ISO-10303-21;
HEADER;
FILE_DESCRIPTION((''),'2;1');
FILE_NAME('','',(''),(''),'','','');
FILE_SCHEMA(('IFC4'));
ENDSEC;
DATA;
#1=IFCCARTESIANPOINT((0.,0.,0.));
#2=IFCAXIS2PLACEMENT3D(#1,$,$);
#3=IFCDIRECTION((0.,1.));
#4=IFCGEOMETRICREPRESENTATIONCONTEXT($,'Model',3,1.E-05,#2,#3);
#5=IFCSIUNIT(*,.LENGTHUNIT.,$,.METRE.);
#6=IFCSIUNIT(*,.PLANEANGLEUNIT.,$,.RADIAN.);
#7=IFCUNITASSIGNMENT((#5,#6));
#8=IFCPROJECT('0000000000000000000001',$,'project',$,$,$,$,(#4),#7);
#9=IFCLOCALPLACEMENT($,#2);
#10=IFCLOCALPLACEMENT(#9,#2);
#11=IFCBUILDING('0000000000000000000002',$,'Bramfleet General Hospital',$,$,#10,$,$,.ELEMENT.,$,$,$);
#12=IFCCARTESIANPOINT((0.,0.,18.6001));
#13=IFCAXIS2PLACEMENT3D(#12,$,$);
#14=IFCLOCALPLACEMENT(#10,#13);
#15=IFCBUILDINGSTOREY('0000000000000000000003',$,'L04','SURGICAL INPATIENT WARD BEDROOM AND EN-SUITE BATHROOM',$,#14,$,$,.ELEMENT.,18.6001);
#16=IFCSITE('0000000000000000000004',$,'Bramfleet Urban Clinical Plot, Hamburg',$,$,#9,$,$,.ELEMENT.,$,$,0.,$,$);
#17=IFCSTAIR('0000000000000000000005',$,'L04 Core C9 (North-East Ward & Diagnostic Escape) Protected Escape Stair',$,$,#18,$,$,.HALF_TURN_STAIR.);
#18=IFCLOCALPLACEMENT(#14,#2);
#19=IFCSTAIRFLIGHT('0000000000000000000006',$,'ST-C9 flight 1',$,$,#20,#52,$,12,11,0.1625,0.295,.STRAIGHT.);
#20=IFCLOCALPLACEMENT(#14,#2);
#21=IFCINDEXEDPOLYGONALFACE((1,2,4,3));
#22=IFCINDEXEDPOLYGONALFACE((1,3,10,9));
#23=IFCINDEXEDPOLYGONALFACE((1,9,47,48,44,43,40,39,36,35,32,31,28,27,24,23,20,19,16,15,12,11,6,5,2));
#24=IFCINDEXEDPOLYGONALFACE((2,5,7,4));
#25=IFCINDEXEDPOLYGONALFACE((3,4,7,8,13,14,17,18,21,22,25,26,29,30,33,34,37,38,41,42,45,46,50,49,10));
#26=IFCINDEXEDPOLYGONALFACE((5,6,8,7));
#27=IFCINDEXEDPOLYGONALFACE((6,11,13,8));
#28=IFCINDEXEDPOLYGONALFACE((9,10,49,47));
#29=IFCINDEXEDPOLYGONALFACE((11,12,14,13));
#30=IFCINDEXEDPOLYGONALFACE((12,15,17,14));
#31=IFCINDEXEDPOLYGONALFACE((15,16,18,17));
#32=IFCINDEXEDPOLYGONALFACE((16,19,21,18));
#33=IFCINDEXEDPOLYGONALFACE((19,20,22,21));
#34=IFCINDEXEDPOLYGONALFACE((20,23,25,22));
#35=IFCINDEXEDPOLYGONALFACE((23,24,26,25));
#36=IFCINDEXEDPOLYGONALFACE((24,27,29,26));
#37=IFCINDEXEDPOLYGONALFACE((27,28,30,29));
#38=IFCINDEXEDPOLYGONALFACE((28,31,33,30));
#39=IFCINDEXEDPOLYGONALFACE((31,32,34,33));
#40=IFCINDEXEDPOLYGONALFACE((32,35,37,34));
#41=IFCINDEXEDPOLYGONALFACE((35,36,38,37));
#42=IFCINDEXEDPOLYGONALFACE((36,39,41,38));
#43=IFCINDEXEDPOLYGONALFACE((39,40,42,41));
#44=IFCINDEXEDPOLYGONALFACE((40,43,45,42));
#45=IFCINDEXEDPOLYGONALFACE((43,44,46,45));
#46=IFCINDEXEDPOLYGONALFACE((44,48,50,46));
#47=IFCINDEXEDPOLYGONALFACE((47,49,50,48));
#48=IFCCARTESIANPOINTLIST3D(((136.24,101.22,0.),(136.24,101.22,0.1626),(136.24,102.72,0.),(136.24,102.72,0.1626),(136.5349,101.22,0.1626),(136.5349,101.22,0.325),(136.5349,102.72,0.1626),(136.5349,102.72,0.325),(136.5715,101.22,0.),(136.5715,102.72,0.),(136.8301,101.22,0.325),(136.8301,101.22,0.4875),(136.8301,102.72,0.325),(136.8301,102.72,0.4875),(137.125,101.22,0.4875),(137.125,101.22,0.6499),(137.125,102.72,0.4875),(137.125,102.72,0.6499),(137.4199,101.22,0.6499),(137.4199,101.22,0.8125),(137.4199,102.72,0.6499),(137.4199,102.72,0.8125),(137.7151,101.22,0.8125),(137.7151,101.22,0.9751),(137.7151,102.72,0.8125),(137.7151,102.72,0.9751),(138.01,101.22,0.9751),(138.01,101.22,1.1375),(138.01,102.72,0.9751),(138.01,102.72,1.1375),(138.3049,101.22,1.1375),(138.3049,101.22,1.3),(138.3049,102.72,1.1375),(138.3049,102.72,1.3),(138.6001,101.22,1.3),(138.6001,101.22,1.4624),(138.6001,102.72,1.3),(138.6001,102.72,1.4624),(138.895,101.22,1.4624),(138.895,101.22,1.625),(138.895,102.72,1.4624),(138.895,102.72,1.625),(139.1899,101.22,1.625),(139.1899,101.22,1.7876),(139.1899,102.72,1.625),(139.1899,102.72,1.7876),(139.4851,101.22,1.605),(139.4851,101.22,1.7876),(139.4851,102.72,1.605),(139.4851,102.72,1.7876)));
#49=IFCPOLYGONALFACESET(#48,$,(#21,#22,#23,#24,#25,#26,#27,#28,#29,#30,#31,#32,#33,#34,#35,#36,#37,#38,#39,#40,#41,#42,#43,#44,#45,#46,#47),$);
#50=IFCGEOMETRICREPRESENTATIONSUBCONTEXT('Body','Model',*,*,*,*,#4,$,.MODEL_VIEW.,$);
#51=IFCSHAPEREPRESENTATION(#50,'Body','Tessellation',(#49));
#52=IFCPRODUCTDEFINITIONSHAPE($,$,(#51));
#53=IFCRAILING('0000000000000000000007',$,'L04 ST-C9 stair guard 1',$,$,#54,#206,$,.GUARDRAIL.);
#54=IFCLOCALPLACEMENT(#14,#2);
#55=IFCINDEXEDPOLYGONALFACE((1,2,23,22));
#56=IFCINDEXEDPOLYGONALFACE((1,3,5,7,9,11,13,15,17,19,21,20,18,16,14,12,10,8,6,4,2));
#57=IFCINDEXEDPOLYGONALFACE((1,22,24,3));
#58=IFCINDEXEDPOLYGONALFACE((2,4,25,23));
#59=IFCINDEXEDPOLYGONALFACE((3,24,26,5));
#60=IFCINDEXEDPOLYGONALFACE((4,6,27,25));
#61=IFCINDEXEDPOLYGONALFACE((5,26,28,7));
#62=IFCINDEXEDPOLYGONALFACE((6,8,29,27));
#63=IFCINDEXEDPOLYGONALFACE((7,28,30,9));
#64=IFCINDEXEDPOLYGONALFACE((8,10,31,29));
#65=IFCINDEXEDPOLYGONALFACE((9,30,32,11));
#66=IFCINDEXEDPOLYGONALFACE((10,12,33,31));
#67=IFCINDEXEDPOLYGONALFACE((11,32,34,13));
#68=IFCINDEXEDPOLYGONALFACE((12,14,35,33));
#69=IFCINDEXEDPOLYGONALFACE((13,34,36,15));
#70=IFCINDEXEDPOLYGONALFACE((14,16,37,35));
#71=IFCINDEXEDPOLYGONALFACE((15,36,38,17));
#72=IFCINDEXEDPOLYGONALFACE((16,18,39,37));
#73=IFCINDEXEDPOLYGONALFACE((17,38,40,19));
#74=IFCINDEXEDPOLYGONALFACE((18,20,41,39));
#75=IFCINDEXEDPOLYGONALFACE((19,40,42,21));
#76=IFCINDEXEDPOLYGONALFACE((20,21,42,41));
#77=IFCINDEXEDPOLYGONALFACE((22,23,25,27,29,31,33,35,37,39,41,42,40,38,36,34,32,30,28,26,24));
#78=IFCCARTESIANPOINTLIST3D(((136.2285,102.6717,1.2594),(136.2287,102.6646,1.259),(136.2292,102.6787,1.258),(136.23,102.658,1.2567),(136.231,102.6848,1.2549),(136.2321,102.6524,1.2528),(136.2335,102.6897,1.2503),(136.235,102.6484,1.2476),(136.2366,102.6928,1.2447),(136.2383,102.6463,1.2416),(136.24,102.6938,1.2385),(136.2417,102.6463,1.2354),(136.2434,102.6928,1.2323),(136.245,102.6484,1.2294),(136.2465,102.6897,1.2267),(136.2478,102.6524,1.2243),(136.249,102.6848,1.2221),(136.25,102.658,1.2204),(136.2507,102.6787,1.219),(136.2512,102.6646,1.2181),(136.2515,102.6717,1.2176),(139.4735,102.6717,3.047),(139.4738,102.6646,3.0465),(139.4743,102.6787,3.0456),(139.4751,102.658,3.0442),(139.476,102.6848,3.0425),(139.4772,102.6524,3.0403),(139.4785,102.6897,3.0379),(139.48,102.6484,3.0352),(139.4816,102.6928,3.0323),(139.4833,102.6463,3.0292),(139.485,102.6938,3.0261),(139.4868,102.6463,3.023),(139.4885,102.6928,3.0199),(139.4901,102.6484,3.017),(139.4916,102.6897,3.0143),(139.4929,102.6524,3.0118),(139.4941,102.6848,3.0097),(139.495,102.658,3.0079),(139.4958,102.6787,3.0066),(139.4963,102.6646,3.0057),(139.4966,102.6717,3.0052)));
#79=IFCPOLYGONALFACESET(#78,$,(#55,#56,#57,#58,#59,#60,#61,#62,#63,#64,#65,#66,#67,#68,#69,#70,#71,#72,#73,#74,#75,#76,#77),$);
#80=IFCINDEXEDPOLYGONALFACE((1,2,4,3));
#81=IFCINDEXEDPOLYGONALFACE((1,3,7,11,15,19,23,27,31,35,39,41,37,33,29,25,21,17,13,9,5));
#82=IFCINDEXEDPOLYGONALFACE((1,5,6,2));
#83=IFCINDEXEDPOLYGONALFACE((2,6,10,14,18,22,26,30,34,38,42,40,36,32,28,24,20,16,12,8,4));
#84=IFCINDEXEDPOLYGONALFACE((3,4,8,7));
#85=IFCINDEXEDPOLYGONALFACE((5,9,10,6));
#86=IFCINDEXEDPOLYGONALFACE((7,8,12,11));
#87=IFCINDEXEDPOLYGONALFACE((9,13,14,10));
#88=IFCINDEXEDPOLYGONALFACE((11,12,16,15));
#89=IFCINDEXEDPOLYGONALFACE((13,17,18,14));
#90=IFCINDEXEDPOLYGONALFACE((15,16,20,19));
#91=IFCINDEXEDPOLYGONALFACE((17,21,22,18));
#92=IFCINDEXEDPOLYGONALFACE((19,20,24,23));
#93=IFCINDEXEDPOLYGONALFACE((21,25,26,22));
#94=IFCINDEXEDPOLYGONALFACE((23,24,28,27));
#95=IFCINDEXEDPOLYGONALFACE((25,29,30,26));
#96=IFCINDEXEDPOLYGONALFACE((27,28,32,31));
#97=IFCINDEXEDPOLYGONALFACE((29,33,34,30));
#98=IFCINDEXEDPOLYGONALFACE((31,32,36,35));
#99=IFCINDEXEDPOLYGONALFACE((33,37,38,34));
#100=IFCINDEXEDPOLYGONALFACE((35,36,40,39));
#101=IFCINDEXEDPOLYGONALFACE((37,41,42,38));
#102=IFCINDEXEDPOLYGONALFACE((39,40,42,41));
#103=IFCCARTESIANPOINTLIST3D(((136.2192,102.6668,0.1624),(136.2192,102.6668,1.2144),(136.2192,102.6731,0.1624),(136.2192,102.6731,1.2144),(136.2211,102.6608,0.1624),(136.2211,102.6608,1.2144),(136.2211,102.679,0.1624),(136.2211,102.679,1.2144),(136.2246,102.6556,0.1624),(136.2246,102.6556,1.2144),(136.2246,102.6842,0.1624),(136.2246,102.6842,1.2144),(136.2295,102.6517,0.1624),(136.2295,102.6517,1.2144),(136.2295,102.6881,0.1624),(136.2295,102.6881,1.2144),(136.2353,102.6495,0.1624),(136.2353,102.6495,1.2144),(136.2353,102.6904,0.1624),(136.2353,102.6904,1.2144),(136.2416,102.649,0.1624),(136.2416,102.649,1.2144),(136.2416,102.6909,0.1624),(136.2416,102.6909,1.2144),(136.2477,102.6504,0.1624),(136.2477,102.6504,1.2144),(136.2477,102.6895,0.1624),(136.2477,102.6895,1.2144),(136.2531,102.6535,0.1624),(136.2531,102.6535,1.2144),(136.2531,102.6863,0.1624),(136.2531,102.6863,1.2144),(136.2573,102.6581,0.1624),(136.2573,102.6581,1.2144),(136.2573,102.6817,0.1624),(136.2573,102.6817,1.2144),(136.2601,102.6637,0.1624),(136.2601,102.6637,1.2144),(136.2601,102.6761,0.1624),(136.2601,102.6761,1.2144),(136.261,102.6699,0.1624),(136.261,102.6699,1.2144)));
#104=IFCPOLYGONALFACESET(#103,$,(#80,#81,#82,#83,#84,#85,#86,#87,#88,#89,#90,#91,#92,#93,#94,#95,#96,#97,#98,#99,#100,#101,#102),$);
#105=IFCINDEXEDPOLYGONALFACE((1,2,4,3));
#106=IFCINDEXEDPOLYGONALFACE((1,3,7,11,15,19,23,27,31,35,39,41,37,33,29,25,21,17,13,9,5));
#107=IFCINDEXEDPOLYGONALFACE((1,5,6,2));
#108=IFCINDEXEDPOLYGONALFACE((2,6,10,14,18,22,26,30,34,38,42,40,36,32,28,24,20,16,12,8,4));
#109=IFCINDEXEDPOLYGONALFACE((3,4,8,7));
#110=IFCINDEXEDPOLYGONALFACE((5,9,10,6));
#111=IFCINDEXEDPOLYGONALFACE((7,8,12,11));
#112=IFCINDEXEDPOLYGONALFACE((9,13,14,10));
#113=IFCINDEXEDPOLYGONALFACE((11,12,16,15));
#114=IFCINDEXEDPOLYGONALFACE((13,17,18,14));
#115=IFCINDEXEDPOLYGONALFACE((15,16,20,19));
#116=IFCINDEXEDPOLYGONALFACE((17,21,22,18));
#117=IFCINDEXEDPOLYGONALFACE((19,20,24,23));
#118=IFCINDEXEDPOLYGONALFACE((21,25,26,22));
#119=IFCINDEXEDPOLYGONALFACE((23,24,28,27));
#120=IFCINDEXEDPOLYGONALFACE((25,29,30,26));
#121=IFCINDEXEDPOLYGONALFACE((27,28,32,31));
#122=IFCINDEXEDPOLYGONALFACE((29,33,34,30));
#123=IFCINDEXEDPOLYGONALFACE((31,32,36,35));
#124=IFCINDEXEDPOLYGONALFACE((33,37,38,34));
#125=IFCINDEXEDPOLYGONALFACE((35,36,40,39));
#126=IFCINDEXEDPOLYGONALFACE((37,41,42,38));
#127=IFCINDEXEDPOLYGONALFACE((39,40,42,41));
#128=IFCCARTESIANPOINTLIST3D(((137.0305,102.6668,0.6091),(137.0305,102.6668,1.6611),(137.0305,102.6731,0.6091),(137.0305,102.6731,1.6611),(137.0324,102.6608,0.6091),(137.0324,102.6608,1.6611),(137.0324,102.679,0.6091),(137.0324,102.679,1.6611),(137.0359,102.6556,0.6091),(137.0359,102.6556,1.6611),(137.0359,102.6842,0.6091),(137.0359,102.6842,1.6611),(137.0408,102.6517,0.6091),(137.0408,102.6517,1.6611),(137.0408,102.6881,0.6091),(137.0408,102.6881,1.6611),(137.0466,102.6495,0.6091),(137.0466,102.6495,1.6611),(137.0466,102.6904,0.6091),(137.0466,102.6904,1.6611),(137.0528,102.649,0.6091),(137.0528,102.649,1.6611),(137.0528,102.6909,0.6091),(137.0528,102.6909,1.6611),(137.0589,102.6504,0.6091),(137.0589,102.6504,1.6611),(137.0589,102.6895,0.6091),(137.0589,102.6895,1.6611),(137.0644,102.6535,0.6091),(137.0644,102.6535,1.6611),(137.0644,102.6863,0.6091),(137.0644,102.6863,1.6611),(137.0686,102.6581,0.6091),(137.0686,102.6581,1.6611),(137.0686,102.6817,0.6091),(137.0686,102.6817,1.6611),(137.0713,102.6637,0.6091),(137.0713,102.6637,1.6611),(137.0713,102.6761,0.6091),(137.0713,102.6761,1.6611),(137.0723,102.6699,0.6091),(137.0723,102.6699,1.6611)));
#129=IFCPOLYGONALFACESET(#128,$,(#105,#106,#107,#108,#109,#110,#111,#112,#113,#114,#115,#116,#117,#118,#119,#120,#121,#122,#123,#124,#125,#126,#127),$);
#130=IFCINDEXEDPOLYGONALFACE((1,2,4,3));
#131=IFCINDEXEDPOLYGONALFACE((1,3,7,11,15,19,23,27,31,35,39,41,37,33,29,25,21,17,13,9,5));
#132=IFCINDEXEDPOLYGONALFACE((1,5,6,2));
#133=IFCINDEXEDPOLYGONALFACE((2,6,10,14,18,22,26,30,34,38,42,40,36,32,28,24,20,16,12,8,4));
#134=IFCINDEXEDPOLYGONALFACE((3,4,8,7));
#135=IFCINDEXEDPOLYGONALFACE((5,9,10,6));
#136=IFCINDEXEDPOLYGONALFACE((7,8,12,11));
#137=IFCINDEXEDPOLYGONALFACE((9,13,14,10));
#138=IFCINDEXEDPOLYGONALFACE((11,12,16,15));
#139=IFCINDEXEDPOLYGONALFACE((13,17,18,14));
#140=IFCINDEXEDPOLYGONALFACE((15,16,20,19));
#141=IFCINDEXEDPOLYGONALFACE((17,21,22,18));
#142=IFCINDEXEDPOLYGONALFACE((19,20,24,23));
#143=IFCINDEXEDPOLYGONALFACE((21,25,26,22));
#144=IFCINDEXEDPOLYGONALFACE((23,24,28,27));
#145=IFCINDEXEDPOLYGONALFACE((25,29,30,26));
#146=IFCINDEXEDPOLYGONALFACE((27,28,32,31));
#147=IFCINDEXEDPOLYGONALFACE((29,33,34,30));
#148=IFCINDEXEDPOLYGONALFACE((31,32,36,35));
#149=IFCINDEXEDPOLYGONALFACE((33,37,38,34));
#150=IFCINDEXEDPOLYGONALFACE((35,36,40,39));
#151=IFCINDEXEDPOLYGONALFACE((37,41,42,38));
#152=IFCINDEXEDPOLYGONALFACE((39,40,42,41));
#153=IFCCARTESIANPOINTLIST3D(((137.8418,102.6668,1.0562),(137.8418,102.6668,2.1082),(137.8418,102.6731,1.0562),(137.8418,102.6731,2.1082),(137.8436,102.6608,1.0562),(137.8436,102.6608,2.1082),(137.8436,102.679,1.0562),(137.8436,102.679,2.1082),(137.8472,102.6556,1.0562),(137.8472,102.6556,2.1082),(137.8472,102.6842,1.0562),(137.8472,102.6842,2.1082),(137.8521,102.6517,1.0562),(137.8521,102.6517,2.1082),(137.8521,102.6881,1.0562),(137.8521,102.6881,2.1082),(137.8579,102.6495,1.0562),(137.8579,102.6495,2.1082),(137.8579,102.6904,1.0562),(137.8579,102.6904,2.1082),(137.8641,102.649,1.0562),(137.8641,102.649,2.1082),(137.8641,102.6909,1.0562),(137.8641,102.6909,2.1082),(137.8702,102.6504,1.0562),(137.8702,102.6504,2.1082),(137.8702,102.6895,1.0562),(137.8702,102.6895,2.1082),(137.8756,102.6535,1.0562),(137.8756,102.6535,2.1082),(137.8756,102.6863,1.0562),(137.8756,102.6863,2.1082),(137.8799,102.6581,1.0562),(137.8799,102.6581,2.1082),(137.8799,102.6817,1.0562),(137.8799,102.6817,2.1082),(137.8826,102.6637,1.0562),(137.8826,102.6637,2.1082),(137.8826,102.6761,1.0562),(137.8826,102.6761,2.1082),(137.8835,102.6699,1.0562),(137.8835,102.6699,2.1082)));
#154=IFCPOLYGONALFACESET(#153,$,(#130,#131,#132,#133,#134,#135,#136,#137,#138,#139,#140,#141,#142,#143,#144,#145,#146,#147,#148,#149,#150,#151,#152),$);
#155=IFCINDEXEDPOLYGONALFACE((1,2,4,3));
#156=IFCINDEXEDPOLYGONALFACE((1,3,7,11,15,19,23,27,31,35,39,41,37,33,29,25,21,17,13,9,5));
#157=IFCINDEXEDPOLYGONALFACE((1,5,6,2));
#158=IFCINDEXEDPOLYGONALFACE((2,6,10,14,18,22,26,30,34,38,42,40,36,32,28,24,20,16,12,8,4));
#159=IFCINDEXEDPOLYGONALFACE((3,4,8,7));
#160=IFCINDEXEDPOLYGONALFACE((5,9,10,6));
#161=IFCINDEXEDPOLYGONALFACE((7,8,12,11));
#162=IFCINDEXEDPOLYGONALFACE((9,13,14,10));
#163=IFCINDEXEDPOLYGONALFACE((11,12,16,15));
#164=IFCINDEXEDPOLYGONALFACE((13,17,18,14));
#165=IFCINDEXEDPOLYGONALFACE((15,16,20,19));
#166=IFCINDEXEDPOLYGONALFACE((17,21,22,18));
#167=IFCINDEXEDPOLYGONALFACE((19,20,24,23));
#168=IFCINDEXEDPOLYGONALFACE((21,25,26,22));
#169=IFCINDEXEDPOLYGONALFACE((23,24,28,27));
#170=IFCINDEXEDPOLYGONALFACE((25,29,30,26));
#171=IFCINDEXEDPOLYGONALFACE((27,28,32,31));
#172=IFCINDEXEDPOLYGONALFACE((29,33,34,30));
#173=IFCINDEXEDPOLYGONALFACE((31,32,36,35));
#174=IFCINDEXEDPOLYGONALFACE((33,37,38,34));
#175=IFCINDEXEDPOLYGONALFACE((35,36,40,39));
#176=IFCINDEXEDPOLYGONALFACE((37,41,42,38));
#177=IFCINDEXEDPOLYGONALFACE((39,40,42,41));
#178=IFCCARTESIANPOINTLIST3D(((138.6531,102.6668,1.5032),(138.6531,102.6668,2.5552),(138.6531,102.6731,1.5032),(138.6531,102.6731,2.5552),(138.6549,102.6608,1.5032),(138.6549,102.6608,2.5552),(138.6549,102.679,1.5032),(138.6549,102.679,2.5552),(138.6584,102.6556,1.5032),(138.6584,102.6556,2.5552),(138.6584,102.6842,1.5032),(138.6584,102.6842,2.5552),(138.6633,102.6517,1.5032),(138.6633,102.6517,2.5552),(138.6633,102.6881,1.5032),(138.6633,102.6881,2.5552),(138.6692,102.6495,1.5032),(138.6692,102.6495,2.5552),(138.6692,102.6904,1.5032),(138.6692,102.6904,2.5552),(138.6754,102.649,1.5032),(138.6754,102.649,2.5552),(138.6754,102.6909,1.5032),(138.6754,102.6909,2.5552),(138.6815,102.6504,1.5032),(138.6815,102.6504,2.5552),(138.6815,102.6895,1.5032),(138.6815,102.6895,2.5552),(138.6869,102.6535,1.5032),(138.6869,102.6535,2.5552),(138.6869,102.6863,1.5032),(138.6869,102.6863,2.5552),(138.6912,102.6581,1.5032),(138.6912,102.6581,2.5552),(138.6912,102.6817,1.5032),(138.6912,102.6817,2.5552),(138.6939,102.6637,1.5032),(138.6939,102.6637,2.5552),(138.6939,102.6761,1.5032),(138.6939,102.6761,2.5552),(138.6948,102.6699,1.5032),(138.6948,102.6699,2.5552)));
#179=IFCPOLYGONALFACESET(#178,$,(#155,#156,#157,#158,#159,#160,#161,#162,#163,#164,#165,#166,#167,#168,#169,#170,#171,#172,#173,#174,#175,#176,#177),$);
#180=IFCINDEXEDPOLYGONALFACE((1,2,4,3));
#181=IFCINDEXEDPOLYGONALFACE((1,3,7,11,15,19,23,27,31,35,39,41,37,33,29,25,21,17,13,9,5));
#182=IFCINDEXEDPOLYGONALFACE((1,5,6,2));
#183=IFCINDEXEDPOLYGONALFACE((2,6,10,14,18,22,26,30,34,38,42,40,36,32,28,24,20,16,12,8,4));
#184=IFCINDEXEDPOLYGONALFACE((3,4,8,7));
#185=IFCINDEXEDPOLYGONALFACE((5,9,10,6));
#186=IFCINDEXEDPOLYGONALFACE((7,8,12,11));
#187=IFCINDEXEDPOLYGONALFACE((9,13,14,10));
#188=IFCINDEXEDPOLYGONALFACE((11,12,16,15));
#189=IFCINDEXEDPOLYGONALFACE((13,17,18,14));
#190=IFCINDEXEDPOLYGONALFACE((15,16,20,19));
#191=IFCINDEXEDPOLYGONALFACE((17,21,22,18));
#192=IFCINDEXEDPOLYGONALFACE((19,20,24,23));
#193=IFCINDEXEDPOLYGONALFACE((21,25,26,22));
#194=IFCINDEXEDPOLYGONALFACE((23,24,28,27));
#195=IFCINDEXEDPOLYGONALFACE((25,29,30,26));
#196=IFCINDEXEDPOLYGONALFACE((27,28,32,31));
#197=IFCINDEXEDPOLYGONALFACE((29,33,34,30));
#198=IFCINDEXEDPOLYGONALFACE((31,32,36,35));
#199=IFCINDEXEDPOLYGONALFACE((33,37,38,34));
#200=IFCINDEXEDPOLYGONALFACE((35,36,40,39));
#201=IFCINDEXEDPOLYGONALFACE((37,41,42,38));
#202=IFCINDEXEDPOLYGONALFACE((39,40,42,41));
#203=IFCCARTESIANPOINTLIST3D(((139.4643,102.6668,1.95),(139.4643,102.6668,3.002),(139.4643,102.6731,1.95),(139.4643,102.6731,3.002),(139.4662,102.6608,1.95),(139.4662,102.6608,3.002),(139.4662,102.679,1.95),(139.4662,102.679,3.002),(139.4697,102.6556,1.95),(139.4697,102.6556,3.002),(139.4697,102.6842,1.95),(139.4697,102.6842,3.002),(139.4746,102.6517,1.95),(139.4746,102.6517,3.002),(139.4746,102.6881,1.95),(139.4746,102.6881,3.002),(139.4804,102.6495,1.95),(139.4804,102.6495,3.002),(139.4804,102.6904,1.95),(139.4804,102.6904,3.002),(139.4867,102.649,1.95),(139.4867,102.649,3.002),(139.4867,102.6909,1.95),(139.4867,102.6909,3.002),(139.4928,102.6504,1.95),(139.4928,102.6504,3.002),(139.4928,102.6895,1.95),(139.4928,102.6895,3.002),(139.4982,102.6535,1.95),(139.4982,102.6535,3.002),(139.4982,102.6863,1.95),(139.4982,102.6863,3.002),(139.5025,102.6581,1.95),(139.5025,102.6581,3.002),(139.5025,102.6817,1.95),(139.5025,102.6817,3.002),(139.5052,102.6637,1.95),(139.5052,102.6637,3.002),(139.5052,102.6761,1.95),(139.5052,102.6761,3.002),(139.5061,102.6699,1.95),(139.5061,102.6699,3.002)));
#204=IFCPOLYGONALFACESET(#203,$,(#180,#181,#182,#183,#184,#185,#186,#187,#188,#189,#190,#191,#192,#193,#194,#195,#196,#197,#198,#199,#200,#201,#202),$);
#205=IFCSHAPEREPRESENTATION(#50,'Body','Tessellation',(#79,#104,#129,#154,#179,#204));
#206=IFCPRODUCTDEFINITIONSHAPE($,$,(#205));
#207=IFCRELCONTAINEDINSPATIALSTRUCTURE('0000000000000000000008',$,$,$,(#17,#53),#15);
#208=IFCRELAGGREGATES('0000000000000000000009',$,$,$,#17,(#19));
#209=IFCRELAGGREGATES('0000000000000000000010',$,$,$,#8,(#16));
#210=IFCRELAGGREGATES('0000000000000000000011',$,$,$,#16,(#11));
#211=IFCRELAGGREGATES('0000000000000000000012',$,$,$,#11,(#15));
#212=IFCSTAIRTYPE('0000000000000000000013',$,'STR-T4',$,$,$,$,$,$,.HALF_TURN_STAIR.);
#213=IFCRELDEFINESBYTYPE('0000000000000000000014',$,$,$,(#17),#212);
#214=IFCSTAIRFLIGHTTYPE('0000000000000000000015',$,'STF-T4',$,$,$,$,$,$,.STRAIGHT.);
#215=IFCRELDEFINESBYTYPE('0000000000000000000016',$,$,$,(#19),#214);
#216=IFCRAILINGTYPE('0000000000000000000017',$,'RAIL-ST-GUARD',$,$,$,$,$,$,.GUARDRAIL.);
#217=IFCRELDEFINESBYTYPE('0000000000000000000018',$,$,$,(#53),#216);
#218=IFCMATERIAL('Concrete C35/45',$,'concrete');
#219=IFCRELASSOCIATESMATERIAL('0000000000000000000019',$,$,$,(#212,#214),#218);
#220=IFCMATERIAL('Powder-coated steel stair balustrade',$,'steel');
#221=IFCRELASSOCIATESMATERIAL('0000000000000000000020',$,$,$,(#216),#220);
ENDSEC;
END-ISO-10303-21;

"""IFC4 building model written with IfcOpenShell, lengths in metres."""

from ifc_helpers import new_model, si_unit, direction, frame, origin, origin_2d, place, context, subcontext, project, spatial, polyline, circle, outline, extrude, material, type_object, element, aggregate, save


model = new_model("IFC4")

# Units and contexts
model_context = context("Model", 3, precision=1e-05, world=origin(), true_north=direction((0.0, 1.0)))
body_context = subcontext(model_context, "Body", "Model", "MODEL_VIEW")
ifc_project = project(units=[si_unit("LENGTHUNIT", "METRE"), si_unit("PLANEANGLEUNIT", "RADIAN")], contexts=[model_context])

# Site, building, storey
site_placement = place(None, origin())
site = spatial("IfcSite", under=ifc_project, at=site_placement, Name="Bramfleet Urban Clinical Plot, Hamburg", CompositionType="ELEMENT", RefElevation=0.0)
building_placement = place(site_placement, origin())
building = spatial("IfcBuilding", under=site, at=building_placement, Name="Bramfleet General Hospital", CompositionType="ELEMENT")
storey_placement = place(building_placement, frame((0.0, 0.0, 18.6001)))
storey = spatial("IfcBuildingStorey", under=building, at=storey_placement, Name="L04", Description="SURGICAL INPATIENT WARD BEDROOM AND EN-SUITE BATHROOM", CompositionType="ELEMENT", Elevation=18.6001)

# Shared definitions
ifc_material_1 = material(Name="Concrete C35/45", Category="concrete")

# Stair, stair flight
stair_type = type_object("IfcStairType", Name="STR-T4", PredefinedType="HALF_TURN_STAIR", material=ifc_material_1)
stair_placement = place(storey_placement, origin())
stair = element("IfcStair", 1, at=stair_placement, inside=storey, type_object=stair_type, Name="L04 Core C9 (North-East Ward & Diagnostic Escape) Protected Escape Stair", PredefinedType="HALF_TURN_STAIR")
stair_flight_type = type_object("IfcStairFlightType", Name="STF-T4", PredefinedType="STRAIGHT", material=ifc_material_1)
stair_flight_placement = place(storey_placement, frame((136.24, 101.97, 0.0), z_axis=(0.0, 0.0, 1.0), x_axis=(1.0, 0.0, 0.0)))
stair_flight = element("IfcStairFlight", 2, at=stair_flight_placement, type_object=stair_flight_type, Name="ST-C9 flight 1", NumberOfRisers=12, NumberOfTreads=11, PredefinedType="STRAIGHT", RiserHeight=0.1625, TreadLength=0.295, context=body_context, shape_type="SweptSolid", body=[
    extrude(outline(polyline([(0.0, 0.0), (0.0, 0.1626), (0.2949, 0.1626), (0.2949, 0.325), (0.5901, 0.325), (0.5901, 0.4875), (0.885, 0.4875), (0.885, 0.6499), (1.1799, 0.6499), (1.1799, 0.8125), (1.4751, 0.8125), (1.4751, 0.9751), (1.77, 0.9751), (1.77, 1.1375), (2.0649, 1.1375), (2.0649, 1.3), (2.3601, 1.3), (2.3601, 1.4624), (2.655, 1.4624), (2.655, 1.625), (2.95, 1.625), (2.95, 1.7876), (3.2451, 1.7876), (3.2451, 1.95), (3.2451, 1.605), (0.3315, 0.0), (0.0, 0.0)])), frame((0.0, 0.75, 0.0), z_axis=(0.0, -1.0, 0.0), x_axis=(1.0, 0.0, 0.0)), (0.0, 0.0, 1.0), 1.5),
])
aggregate(stair, [stair_flight])

# Railing
ifc_material_2 = material(Name="Powder-coated steel stair balustrade", Category="steel")
railing_type_1 = type_object("IfcRailingType", Name="RAIL-ST-GUARD", PredefinedType="GUARDRAIL", material=ifc_material_2)
railing_1_placement = place(storey_placement, frame((136.24, 102.6699, 0.1624)))
element("IfcRailing", 3, at=railing_1_placement, inside=storey, type_object=railing_type_1, Name="L04 ST-C9 stair guard 1", PredefinedType="GUARDRAIL", context=body_context, shape_type="SweptSolid", body=[
    extrude(circle(Radius=0.0239, at=origin_2d()), frame((0.0, 0.0, 1.0762), z_axis=(0.875899, 0.0, 0.482495), x_axis=(0.0, 1.0, 0.0)), (0.0, 0.0, 1.0), 3.7048),
    extrude(circle(Radius=0.021, at=origin_2d()), origin(), (0.0, 0.0, 1.0), 1.052),
    extrude(circle(Radius=0.021, at=origin_2d()), frame((0.8113, 0.0, 0.4468)), (0.0, 0.0, 1.0), 1.052),
    extrude(circle(Radius=0.021, at=origin_2d()), frame((1.6226, 0.0, 0.8938)), (0.0, 0.0, 1.0), 1.052),
    extrude(circle(Radius=0.021, at=origin_2d()), frame((2.4338, 0.0, 1.3408)), (0.0, 0.0, 1.0), 1.052),
    extrude(circle(Radius=0.021, at=origin_2d()), frame((3.2451, 0.0, 1.7876)), (0.0, 0.0, 1.0), 1.052),
])

save(model, "model.ifc")
